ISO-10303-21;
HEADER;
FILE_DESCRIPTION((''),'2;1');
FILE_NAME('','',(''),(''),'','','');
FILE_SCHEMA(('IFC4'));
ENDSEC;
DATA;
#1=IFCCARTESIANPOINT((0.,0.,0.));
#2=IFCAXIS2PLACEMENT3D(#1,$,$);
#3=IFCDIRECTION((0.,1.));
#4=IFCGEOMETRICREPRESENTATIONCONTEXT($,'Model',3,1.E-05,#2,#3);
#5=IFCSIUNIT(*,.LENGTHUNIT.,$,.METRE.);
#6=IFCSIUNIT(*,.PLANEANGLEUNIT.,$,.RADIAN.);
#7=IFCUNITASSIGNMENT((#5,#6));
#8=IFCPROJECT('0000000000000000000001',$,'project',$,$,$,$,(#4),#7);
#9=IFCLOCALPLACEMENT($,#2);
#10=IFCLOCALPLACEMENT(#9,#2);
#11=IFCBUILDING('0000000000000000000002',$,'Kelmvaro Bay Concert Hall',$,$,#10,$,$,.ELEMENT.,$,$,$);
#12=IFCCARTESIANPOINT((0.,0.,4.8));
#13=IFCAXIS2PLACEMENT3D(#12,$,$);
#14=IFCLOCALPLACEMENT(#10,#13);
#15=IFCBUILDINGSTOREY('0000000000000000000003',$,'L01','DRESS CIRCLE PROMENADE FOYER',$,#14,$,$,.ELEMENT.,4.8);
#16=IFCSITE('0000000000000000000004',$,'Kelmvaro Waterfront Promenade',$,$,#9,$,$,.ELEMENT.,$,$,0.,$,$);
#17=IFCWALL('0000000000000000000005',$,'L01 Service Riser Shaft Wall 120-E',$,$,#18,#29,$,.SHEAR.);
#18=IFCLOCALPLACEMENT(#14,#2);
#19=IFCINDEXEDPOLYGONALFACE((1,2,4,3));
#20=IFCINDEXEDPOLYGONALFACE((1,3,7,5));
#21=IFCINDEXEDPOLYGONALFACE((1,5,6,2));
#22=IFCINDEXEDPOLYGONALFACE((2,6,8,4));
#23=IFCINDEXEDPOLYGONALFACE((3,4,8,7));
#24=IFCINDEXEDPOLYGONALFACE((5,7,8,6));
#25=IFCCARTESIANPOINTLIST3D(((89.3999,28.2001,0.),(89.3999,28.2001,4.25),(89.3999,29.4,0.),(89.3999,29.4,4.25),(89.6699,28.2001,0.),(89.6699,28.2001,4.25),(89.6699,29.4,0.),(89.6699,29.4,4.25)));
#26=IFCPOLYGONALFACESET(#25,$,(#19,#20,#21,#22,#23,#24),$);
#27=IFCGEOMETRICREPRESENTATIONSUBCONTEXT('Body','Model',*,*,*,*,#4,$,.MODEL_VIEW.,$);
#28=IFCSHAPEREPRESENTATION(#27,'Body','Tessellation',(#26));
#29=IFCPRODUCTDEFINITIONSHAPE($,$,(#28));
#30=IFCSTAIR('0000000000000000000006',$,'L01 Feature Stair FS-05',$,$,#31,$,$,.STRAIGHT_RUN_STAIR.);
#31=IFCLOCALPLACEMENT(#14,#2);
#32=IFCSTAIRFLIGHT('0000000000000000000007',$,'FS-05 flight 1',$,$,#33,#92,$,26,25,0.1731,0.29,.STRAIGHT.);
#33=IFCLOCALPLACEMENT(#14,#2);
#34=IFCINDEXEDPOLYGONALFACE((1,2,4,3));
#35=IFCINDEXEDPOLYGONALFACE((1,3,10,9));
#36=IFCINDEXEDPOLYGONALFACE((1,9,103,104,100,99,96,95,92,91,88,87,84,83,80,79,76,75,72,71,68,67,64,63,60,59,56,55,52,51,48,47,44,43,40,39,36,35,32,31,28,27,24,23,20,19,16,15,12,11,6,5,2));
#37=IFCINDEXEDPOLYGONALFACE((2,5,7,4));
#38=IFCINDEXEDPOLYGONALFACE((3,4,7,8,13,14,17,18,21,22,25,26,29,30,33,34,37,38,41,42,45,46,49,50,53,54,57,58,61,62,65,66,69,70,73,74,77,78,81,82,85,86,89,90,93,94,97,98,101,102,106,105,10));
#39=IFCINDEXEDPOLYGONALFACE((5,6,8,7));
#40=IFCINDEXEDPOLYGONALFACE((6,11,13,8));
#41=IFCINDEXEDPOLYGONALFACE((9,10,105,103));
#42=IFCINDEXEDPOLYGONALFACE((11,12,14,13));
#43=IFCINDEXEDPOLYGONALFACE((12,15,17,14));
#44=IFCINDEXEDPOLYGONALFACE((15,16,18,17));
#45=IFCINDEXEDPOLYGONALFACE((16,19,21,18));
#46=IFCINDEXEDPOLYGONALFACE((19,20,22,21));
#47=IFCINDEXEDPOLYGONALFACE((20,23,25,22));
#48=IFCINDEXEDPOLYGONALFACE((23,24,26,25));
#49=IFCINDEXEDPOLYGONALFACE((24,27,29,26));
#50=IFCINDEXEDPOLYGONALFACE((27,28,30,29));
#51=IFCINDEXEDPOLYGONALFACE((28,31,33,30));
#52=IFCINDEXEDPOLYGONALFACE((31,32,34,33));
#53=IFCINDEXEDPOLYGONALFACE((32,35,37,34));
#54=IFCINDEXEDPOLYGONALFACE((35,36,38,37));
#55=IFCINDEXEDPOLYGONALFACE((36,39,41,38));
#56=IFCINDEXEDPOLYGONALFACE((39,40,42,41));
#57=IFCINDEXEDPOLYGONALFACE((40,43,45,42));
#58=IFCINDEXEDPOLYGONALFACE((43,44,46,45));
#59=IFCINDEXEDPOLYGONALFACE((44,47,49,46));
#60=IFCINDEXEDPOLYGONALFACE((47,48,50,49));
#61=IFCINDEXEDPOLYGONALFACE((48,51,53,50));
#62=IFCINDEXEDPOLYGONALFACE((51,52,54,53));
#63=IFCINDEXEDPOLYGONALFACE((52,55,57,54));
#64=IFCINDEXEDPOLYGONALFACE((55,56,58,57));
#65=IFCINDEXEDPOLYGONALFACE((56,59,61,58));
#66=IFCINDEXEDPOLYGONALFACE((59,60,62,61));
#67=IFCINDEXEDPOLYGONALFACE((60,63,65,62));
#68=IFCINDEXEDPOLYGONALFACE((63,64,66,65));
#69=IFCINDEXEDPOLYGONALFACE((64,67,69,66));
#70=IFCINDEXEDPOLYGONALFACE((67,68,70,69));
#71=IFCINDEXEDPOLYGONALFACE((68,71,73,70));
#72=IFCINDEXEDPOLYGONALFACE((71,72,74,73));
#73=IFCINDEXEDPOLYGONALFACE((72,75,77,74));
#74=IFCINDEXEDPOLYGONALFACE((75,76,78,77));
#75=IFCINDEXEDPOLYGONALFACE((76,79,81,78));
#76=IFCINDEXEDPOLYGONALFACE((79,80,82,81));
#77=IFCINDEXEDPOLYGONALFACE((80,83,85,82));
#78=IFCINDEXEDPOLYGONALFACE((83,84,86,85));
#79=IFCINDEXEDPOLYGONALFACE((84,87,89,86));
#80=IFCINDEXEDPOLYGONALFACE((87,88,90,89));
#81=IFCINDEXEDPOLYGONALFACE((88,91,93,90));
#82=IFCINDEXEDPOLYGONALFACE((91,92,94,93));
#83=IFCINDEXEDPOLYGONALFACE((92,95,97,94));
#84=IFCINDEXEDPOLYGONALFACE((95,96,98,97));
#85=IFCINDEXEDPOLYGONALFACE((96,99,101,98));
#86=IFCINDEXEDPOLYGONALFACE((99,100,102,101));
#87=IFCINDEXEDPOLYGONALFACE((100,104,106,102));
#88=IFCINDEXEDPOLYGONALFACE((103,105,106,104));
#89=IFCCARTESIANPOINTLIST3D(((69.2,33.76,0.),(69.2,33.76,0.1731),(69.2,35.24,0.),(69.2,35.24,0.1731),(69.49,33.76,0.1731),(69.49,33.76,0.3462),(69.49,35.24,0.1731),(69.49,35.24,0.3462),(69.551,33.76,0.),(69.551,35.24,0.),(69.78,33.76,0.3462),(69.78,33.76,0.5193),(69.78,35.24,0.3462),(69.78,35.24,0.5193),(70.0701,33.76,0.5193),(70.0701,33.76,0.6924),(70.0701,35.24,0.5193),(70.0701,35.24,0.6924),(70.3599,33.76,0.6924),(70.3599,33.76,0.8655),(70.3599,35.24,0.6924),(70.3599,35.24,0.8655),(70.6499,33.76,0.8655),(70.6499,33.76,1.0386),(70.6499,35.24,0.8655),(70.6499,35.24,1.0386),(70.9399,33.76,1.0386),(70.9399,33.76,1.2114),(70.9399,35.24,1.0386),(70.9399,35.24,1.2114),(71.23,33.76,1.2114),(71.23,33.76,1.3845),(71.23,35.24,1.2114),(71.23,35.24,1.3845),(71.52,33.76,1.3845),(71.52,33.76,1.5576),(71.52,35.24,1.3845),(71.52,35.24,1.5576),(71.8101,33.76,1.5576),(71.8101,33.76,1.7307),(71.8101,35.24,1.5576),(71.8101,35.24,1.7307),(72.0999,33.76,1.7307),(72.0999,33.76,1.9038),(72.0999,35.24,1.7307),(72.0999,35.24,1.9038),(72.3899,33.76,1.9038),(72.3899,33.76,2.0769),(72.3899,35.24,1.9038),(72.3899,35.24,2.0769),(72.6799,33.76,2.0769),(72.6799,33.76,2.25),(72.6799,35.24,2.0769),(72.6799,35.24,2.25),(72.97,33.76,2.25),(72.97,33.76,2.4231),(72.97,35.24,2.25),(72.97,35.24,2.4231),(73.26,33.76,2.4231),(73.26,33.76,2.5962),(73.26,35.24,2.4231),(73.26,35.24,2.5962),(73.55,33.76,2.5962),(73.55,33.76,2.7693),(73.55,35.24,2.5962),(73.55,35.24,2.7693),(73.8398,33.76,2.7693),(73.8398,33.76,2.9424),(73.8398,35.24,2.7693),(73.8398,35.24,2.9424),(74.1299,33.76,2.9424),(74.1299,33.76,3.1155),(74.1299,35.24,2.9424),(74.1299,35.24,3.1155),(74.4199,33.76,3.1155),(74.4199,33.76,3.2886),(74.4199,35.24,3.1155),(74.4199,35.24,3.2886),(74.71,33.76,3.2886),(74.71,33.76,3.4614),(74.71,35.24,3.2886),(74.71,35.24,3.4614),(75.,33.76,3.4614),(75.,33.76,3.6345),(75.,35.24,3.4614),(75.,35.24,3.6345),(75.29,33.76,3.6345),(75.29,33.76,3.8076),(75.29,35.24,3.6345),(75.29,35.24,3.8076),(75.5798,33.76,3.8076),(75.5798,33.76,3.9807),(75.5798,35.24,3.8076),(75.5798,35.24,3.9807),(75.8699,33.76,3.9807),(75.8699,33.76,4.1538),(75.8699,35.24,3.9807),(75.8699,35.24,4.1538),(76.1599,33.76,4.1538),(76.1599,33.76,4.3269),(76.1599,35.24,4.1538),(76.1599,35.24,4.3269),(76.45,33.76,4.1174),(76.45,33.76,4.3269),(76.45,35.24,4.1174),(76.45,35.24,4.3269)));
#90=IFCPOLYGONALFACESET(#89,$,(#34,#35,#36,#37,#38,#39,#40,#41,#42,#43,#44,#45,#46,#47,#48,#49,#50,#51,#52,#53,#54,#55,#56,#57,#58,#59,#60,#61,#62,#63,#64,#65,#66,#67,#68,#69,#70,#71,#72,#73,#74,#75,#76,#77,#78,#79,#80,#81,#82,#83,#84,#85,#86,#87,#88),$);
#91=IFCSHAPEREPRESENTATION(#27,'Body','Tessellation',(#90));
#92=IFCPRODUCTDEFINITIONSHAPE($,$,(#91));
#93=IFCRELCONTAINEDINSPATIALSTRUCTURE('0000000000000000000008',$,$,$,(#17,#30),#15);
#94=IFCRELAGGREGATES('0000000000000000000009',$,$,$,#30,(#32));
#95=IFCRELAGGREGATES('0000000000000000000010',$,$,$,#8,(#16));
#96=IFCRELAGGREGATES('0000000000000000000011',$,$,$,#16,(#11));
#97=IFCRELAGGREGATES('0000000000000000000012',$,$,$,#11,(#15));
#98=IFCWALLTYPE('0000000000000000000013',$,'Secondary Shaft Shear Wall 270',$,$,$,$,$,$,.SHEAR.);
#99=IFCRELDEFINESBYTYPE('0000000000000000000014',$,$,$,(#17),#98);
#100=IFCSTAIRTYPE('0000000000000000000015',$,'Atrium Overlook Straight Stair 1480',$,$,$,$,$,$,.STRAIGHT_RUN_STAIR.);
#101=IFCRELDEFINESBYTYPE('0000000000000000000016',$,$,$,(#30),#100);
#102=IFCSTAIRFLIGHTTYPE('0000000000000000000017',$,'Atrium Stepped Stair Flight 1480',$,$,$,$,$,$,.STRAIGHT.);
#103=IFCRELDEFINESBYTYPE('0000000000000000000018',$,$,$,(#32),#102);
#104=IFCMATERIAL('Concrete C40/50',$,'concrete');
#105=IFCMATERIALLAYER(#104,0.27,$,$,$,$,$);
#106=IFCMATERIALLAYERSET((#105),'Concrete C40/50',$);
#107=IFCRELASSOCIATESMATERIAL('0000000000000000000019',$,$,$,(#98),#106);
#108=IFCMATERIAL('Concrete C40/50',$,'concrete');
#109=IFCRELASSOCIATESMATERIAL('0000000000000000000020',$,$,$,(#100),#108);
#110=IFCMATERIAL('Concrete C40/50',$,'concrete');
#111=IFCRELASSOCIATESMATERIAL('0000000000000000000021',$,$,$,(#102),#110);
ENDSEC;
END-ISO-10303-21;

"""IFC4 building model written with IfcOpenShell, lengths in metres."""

from ifc_helpers import new_model, si_unit, direction, frame, frame_2d, origin, place, context, subcontext, project, spatial, polyline, rectangle, outline, extrude, material, layer, layer_set, type_object, element, aggregate, save


model = new_model("IFC4")

# Units and contexts
model_context = context("Model", 3, precision=1e-05, world=origin(), true_north=direction((0.0, 1.0)))
body_context = subcontext(model_context, "Body", "Model", "MODEL_VIEW")
ifc_project = project(units=[si_unit("LENGTHUNIT", "METRE"), si_unit("PLANEANGLEUNIT", "RADIAN")], contexts=[model_context])

# Site, building, storey
site_placement = place(None, origin())
site = spatial("IfcSite", under=ifc_project, at=site_placement, Name="Kelmvaro Waterfront Promenade", CompositionType="ELEMENT", RefElevation=0.0)
building_placement = place(site_placement, origin())
building = spatial("IfcBuilding", under=site, at=building_placement, Name="Kelmvaro Bay Concert Hall", CompositionType="ELEMENT")
storey_placement = place(building_placement, frame((0.0, 0.0, 4.8)))
storey = spatial("IfcBuildingStorey", under=building, at=storey_placement, Name="L01", Description="DRESS CIRCLE PROMENADE FOYER", CompositionType="ELEMENT", Elevation=4.8)

# Wall
ifc_material_1 = material(Name="Concrete C40/50", Category="concrete")
ifc_layer_1 = layer(ifc_material_1, 0.27)
ifc_layer_set_1 = layer_set([ifc_layer_1], Name="Concrete C40/50")
wall_type_1 = type_object("IfcWallType", Name="Secondary Shaft Shear Wall 270", PredefinedType="SHEAR", material=ifc_layer_set_1)
for number, where, z_axis, x_axis, name in (
    (1, (89.5349, 28.2, 0.0), (0.0, 0.0, 1.0), (0.0, 1.0, 0.0), "L01 Service Riser Shaft Wall 120-E"),
):
    element("IfcWall", number, at=place(storey_placement, frame(where, z_axis=z_axis, x_axis=x_axis)), inside=storey, type_object=wall_type_1, Name=name, PredefinedType="SHEAR", context=body_context, shape_type="SweptSolid", body=[
        extrude(rectangle(XDim=1.2, YDim=0.27, at=frame_2d((0.6001, 0.0))), origin(), (0.0, 0.0, 1.0), 4.25),
    ])

# Stair, stair flight
ifc_material_2 = material(Name="Concrete C40/50", Category="concrete")
stair_type = type_object("IfcStairType", Name="Atrium Overlook Straight Stair 1480", PredefinedType="STRAIGHT_RUN_STAIR", material=ifc_material_2)
stair_placement = place(storey_placement, origin())
stair = element("IfcStair", 2, at=stair_placement, inside=storey, type_object=stair_type, Name="L01 Feature Stair FS-05", PredefinedType="STRAIGHT_RUN_STAIR")
ifc_material_3 = material(Name="Concrete C40/50", Category="concrete")
stair_flight_type = type_object("IfcStairFlightType", Name="Atrium Stepped Stair Flight 1480", PredefinedType="STRAIGHT", material=ifc_material_3)
stair_flight_placement = place(storey_placement, frame((69.2, 34.5, 0.0), z_axis=(0.0, 0.0, 1.0), x_axis=(1.0, 0.0, 0.0)))
stair_flight = element("IfcStairFlight", 3, at=stair_flight_placement, type_object=stair_flight_type, Name="FS-05 flight 1", NumberOfRisers=26, NumberOfTreads=25, PredefinedType="STRAIGHT", RiserHeight=0.1731, TreadLength=0.29, context=body_context, shape_type="SweptSolid", body=[
    extrude(outline(polyline([(0.0, 0.0), (0.0, 0.1731), (0.29, 0.1731), (0.29, 0.3462), (0.5801, 0.3462), (0.5801, 0.5193), (0.8701, 0.5193), (0.8701, 0.6924), (1.1599, 0.6924), (1.1599, 0.8655), (1.45, 0.8655), (1.45, 1.0386), (1.74, 1.0386), (1.74, 1.2114), (2.03, 1.2114), (2.03, 1.3845), (2.3201, 1.3845), (2.3201, 1.5576), (2.6101, 1.5576), (2.6101, 1.7307), (2.8999, 1.7307), (2.8999, 1.9038), (3.1899, 1.9038), (3.1899, 2.0769), (3.48, 2.0769), (3.48, 2.25), (3.77, 2.25), (3.77, 2.4231), (4.0601, 2.4231), (4.0601, 2.5962), (4.3501, 2.5962), (4.3501, 2.7693), (4.6399, 2.7693), (4.6399, 2.9424), (4.9299, 2.9424), (4.9299, 3.1155), (5.22, 3.1155), (5.22, 3.2886), (5.51, 3.2886), (5.51, 3.4614), (5.8, 3.4614), (5.8, 3.6345), (6.0901, 3.6345), (6.0901, 3.8076), (6.3799, 3.8076), (6.3799, 3.9807), (6.6699, 3.9807), (6.6699, 4.1538), (6.96, 4.1538), (6.96, 4.3269), (7.25, 4.3269), (7.25, 4.5), (7.25, 4.1174), (0.3511, 0.0), (0.0, 0.0)])), frame((0.0, 0.74, 0.0), z_axis=(0.0, -1.0, 0.0), x_axis=(1.0, 0.0, 0.0)), (0.0, 0.0, 1.0), 1.48),
])
aggregate(stair, [stair_flight])

save(model, "model.ifc")
